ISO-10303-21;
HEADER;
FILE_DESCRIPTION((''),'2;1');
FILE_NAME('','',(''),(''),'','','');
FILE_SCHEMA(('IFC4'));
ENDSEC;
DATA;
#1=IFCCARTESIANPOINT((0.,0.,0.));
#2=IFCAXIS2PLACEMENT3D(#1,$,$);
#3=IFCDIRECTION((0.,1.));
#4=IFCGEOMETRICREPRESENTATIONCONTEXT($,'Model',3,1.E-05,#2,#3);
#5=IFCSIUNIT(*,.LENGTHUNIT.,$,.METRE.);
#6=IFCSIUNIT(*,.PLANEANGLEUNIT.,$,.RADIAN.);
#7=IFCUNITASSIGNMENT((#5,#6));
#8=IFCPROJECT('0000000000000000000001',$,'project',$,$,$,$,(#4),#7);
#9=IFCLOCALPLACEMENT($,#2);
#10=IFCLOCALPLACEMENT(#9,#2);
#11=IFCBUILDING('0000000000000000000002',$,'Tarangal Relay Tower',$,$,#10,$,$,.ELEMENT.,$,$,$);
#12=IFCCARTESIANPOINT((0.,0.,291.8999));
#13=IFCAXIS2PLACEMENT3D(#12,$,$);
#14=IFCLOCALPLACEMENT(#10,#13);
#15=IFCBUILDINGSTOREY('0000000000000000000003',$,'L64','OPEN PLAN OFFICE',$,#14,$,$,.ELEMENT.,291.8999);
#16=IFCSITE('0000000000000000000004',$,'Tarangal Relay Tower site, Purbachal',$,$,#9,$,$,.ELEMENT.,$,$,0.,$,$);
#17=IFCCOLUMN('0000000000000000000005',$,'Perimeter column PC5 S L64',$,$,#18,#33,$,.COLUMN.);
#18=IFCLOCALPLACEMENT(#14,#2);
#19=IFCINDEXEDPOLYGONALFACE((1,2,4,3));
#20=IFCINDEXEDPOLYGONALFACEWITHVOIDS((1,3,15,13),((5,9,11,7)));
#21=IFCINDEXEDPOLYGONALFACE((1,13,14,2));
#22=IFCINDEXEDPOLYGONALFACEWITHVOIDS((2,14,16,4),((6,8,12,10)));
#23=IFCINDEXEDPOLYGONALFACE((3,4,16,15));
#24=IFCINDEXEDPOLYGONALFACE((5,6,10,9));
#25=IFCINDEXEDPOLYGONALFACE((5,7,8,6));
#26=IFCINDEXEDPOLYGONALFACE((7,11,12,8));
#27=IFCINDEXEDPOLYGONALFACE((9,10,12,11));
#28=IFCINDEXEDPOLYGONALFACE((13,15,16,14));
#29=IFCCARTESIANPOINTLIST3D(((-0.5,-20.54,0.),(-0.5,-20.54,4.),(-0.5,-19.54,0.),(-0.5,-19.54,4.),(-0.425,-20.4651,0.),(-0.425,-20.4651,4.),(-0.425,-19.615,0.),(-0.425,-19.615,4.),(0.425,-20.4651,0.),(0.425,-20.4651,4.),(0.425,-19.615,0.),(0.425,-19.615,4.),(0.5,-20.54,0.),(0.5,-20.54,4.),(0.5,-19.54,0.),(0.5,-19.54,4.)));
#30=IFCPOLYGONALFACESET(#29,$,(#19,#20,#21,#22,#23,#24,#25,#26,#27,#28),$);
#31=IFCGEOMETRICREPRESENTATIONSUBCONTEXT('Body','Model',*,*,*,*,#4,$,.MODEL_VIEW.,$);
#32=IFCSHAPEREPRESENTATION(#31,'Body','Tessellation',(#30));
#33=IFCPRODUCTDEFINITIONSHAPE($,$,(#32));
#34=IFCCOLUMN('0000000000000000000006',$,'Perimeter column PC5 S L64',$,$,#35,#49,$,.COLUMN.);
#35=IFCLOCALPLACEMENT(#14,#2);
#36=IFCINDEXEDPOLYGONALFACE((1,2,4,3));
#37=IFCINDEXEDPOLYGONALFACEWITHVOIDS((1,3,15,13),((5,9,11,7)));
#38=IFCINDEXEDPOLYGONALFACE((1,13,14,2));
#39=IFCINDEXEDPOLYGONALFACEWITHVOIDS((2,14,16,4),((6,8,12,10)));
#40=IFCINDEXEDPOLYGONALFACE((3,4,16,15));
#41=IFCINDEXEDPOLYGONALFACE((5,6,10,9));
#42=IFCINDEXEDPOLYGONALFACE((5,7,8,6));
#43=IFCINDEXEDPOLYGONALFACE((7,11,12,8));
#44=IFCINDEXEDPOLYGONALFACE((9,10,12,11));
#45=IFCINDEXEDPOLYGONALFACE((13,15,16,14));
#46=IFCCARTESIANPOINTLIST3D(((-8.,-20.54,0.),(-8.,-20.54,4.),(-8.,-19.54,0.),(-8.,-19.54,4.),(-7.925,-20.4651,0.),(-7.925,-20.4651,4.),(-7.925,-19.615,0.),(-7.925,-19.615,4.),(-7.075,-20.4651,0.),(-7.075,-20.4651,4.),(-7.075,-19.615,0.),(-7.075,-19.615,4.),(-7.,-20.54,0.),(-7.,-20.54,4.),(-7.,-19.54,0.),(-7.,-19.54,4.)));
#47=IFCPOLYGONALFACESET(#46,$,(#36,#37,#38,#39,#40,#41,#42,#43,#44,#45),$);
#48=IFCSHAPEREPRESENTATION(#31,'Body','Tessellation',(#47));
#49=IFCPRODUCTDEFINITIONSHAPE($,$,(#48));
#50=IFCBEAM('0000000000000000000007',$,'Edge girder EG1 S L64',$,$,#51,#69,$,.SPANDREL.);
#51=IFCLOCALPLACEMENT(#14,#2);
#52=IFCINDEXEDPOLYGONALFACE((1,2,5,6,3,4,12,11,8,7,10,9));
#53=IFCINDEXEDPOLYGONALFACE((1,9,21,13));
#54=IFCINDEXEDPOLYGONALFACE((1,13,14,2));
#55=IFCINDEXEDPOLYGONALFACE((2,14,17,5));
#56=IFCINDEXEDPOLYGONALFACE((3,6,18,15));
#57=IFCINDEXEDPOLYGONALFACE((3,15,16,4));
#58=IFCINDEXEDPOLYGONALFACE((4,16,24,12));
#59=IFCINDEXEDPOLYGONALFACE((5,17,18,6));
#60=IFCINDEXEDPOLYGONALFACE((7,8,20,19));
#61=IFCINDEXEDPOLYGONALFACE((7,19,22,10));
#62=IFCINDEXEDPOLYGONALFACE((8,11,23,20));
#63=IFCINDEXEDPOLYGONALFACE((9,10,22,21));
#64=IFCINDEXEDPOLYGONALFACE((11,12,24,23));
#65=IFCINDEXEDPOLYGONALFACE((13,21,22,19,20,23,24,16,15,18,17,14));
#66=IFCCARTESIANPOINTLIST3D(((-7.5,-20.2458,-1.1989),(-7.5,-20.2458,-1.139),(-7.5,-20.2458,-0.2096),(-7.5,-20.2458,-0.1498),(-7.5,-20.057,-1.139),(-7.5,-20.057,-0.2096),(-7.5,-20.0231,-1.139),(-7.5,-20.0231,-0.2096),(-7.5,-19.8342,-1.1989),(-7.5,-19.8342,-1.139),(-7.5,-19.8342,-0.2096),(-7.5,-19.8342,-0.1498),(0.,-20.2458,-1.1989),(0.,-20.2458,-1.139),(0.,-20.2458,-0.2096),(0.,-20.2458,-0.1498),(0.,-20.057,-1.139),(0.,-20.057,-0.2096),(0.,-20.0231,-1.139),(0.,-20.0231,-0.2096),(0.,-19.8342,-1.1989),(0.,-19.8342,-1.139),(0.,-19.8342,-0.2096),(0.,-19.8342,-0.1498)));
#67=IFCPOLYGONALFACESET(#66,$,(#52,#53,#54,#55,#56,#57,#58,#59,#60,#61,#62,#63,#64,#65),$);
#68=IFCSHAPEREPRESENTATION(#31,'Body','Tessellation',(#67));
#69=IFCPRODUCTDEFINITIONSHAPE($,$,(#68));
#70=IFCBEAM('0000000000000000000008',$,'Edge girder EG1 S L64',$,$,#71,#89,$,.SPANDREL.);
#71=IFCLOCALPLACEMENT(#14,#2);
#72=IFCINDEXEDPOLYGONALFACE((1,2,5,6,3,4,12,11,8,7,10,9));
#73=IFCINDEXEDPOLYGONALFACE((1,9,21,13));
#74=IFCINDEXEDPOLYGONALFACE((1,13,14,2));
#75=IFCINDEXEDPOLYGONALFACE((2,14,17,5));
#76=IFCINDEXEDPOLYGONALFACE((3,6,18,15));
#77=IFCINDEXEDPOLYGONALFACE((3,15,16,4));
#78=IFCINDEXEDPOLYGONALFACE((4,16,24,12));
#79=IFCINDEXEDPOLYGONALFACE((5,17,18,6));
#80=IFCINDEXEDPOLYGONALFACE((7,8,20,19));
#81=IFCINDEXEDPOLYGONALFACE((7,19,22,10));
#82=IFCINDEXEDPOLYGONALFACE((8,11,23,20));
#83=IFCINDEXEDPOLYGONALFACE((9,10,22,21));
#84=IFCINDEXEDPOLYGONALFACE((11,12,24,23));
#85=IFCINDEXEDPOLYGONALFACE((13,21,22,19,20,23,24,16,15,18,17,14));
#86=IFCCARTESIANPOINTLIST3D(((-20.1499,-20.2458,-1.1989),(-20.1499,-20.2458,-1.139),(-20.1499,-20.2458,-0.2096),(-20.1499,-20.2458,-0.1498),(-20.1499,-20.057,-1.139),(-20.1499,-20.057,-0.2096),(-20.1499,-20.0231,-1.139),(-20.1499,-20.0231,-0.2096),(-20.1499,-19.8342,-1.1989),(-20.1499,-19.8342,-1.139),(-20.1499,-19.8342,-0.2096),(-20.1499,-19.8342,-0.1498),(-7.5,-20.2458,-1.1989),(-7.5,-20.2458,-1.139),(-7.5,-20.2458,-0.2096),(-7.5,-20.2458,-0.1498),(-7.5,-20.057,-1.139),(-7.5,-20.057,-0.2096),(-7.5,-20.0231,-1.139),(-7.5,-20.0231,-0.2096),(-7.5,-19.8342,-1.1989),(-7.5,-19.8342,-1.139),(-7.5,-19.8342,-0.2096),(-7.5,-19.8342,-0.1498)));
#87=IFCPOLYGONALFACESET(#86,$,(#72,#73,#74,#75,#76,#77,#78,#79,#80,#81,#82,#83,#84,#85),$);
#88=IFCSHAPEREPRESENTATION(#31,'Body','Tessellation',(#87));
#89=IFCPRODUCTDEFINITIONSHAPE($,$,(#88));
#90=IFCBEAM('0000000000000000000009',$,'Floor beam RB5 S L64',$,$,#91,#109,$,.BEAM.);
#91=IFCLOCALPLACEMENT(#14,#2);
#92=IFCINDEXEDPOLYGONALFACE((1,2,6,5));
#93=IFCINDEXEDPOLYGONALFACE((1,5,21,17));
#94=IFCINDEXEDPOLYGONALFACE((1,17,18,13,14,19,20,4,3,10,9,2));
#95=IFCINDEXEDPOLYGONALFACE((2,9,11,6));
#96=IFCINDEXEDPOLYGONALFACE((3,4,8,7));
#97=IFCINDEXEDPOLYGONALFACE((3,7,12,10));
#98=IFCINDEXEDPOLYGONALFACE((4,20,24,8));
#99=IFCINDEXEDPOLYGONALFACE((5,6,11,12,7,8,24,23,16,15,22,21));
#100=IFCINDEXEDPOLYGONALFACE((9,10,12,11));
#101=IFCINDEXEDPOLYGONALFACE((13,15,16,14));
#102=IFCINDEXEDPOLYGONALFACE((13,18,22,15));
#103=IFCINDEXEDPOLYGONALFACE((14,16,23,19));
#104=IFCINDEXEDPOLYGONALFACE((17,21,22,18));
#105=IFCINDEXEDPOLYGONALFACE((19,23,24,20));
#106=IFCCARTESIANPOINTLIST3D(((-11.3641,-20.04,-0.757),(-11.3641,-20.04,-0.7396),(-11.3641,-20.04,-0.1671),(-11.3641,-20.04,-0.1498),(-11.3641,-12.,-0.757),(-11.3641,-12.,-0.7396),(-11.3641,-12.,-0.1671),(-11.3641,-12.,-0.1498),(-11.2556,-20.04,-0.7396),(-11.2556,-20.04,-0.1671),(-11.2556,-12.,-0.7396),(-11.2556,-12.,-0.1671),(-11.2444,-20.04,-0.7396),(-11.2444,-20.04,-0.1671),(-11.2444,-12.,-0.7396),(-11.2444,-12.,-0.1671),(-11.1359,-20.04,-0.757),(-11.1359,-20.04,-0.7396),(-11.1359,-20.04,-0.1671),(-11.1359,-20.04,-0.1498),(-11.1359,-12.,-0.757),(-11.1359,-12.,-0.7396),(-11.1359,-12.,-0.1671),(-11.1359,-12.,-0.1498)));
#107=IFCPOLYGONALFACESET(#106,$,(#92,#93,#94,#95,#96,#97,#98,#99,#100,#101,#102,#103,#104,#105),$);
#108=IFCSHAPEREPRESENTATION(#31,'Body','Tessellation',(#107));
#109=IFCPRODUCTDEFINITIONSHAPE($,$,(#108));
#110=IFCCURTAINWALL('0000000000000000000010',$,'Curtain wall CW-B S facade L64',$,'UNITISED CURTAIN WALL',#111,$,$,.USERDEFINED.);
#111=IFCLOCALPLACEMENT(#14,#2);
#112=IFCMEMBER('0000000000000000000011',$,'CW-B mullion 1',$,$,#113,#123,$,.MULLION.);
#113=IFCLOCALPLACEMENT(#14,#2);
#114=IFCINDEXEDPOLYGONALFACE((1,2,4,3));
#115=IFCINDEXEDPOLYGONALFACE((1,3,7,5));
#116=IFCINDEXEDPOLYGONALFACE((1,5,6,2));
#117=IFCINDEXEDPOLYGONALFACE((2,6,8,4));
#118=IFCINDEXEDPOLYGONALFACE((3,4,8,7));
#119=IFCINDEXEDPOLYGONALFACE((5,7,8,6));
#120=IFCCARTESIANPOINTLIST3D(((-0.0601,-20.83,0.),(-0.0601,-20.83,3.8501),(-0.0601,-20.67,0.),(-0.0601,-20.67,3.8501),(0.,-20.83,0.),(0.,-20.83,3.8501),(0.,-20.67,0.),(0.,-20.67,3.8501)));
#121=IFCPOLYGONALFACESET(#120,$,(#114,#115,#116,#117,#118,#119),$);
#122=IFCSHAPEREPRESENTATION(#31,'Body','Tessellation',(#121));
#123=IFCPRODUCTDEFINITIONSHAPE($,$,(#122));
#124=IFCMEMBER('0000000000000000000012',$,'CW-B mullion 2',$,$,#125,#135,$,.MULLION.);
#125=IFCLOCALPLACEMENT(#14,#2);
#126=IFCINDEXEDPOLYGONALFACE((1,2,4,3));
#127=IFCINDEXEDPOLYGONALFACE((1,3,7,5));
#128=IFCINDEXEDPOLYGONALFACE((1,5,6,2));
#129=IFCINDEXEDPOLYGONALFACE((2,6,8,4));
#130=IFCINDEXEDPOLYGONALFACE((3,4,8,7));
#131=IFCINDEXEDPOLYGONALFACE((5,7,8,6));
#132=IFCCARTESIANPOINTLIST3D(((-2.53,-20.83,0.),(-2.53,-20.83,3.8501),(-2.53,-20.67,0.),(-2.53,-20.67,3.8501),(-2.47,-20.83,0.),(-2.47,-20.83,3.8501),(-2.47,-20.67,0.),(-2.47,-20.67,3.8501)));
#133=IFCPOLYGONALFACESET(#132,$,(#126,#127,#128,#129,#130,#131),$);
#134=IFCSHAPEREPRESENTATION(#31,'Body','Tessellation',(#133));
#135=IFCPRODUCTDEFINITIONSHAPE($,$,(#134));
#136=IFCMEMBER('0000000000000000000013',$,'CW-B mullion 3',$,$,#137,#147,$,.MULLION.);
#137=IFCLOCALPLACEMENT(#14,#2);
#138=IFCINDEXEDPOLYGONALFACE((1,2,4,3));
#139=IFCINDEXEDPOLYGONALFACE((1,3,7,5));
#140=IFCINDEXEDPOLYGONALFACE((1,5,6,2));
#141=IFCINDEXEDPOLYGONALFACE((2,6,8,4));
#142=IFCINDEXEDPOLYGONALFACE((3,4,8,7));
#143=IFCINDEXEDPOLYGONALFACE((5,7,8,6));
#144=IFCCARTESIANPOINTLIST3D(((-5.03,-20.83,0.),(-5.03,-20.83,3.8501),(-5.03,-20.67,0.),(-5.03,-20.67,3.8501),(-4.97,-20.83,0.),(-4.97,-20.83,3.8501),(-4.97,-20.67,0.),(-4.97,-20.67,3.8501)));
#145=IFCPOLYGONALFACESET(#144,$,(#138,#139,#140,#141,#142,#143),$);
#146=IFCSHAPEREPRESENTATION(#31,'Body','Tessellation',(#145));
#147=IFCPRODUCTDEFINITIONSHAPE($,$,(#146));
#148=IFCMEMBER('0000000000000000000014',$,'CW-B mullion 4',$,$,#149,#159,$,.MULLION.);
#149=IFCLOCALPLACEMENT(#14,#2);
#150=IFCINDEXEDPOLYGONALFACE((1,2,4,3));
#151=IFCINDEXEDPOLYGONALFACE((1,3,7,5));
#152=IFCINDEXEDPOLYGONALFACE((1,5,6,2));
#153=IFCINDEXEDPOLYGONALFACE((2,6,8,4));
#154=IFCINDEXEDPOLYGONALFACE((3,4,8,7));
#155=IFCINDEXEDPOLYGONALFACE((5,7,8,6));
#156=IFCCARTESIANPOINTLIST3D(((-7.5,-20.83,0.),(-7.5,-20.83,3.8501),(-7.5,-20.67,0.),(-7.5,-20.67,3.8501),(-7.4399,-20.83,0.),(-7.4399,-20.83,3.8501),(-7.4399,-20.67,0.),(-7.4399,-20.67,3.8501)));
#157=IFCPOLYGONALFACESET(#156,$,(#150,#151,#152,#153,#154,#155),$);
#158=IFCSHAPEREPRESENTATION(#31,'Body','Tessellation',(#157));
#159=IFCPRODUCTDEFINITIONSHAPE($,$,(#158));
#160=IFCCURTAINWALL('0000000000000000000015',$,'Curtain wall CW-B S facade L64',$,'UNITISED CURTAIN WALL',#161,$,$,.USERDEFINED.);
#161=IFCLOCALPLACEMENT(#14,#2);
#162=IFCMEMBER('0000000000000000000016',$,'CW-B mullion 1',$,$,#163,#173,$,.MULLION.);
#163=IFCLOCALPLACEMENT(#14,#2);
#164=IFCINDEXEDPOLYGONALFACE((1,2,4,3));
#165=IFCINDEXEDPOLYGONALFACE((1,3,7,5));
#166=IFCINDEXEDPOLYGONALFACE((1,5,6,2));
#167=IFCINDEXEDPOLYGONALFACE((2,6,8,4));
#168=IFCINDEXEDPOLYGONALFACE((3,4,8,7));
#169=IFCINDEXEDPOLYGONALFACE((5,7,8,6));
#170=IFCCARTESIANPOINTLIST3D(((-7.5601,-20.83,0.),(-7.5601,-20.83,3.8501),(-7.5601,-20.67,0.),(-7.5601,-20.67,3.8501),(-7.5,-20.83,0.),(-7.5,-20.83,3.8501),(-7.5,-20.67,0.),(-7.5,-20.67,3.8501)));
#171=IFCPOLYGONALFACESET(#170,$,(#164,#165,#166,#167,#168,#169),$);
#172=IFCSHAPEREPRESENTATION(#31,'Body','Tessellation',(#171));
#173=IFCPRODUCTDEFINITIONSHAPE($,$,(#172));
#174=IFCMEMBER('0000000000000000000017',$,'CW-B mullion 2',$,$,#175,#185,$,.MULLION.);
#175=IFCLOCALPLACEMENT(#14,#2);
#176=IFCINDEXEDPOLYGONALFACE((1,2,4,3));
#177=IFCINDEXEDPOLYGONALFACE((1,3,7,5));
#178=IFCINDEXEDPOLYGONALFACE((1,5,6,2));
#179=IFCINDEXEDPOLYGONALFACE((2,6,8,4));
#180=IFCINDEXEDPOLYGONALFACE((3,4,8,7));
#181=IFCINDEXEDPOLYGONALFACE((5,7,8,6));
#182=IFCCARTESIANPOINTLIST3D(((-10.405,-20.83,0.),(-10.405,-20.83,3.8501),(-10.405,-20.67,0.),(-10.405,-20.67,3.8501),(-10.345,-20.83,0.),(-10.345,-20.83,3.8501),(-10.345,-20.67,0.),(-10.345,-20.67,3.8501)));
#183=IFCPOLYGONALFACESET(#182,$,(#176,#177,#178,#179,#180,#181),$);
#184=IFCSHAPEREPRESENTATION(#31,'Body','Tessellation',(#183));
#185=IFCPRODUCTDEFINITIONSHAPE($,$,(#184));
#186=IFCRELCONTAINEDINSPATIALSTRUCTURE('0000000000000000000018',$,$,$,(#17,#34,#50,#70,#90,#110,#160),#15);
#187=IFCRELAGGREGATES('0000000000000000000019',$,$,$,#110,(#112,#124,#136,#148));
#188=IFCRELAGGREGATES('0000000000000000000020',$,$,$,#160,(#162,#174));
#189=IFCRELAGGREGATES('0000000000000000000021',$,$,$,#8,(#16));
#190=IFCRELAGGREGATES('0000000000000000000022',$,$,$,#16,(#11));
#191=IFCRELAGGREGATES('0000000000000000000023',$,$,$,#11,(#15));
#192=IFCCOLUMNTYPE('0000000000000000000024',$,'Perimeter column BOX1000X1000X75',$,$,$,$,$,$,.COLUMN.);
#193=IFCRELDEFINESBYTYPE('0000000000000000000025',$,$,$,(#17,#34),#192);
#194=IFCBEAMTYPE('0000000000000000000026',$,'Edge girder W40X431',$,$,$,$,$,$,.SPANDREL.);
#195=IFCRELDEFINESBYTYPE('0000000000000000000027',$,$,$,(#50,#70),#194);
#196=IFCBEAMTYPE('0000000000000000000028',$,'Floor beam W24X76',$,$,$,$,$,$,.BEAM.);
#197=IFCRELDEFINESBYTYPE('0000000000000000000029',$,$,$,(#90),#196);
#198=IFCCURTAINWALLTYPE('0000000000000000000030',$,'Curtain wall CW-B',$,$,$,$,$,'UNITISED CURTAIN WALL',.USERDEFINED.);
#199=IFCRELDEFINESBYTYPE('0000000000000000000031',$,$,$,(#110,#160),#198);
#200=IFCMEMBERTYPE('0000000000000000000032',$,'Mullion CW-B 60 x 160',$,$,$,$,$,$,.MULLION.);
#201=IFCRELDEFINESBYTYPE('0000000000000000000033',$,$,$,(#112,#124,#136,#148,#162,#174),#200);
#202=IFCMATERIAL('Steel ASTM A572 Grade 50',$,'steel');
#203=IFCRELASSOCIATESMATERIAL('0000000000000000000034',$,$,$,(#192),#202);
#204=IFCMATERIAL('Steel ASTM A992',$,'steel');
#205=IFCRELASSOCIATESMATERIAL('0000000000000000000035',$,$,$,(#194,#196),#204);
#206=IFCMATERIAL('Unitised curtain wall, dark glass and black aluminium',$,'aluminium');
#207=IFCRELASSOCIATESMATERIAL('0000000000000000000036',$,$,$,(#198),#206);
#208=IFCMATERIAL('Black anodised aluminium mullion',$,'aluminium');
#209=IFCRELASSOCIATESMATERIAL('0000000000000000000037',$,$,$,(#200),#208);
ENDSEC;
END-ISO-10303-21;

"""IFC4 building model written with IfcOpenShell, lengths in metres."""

from ifc_helpers import new_model, si_unit, direction, frame, origin, origin_2d, place, context, subcontext, project, spatial, rectangle, hollow_rectangle, i_section, extrude, material, material_profile, profile_set, type_object, element, aggregate, save


model = new_model("IFC4")

# Units and contexts
model_context = context("Model", 3, precision=1e-05, world=origin(), true_north=direction((0.0, 1.0)))
body_context = subcontext(model_context, "Body", "Model", "MODEL_VIEW")
ifc_project = project(units=[si_unit("LENGTHUNIT", "METRE"), si_unit("PLANEANGLEUNIT", "RADIAN")], contexts=[model_context])

# Site, building, storey
site_placement = place(None, origin())
site = spatial("IfcSite", under=ifc_project, at=site_placement, Name="Tarangal Relay Tower site, Purbachal", CompositionType="ELEMENT", RefElevation=0.0)
building_placement = place(site_placement, origin())
building = spatial("IfcBuilding", under=site, at=building_placement, Name="Tarangal Relay Tower", CompositionType="ELEMENT")
storey_placement = place(building_placement, frame((0.0, 0.0, 291.8999)))
storey = spatial("IfcBuildingStorey", under=building, at=storey_placement, Name="L64", Description="OPEN PLAN OFFICE", CompositionType="ELEMENT", Elevation=291.8999)

# Columns
ifc_material_1 = material(Name="Steel ASTM A572 Grade 50", Category="steel")
ifc_material_profile_1 = material_profile(ifc_material_1, hollow_rectangle(XDim=1.0, YDim=1.0, WallThickness=0.075, at=origin_2d()), Name="BOX1000X1000X75")
ifc_profile_set_1 = profile_set([ifc_material_profile_1], Name="Steel ASTM A572 Grade 50")
column_type = type_object("IfcColumnType", Name="Perimeter column BOX1000X1000X75", PredefinedType="COLUMN", material=ifc_profile_set_1)
for number, where, z_axis, x_axis, name in (
    (1, (0.0, -20.04, 0.0), (0.0, 0.0, 1.0), (1.0, 0.0, 0.0), "Perimeter column PC5 S L64"),
    (2, (-7.5, -20.04, 0.0), (0.0, 0.0, 1.0), (1.0, 0.0, 0.0), "Perimeter column PC5 S L64"),
):
    element("IfcColumn", number, at=place(storey_placement, frame(where, z_axis=z_axis, x_axis=x_axis)), inside=storey, type_object=column_type, Name=name, PredefinedType="COLUMN", context=body_context, shape_type="SweptSolid", body=[
        extrude(hollow_rectangle(XDim=1.0, YDim=1.0, WallThickness=0.075, at=origin_2d()), origin(), (0.0, 0.0, 1.0), 4.0),
    ])

# Beams
ifc_material_2 = material(Name="Steel ASTM A992", Category="steel")
ifc_material_profile_2 = material_profile(ifc_material_2, i_section(OverallWidth=0.4116, OverallDepth=1.0491, WebThickness=0.0339, FlangeThickness=0.0598, at=origin_2d()), Name="W40X431")
ifc_profile_set_2 = profile_set([ifc_material_profile_2], Name="Steel ASTM A992")
beam_type_1 = type_object("IfcBeamType", Name="Edge girder W40X431", PredefinedType="SPANDREL", material=ifc_profile_set_2)
beam_1_placement = place(storey_placement, frame((0.0, -20.04, -0.6743), z_axis=(-1.0, 0.0, 0.0), x_axis=(0.0, -1.0, 0.0)))
element("IfcBeam", 3, at=beam_1_placement, inside=storey, type_object=beam_type_1, Name="Edge girder EG1 S L64", PredefinedType="SPANDREL", context=body_context, shape_type="SweptSolid", body=[
    extrude(i_section(OverallWidth=0.4116, OverallDepth=1.0491, WebThickness=0.0339, FlangeThickness=0.0598, at=origin_2d()), origin(), (0.0, 0.0, 1.0), 7.5),
])
beam_2_placement = place(storey_placement, frame((-7.5, -20.04, -0.6743), z_axis=(-1.0, 0.0, 0.0), x_axis=(0.0, -1.0, 0.0)))
element("IfcBeam", 4, at=beam_2_placement, inside=storey, type_object=beam_type_1, Name="Edge girder EG1 S L64", PredefinedType="SPANDREL", context=body_context, shape_type="SweptSolid", body=[
    extrude(i_section(OverallWidth=0.4116, OverallDepth=1.0491, WebThickness=0.0339, FlangeThickness=0.0598, at=origin_2d()), origin(), (0.0, 0.0, 1.0), 12.6499),
])
ifc_material_profile_3 = material_profile(ifc_material_2, i_section(OverallWidth=0.2283, OverallDepth=0.6072, WebThickness=0.0112, FlangeThickness=0.0173, at=origin_2d()), Name="W24X76")
ifc_profile_set_3 = profile_set([ifc_material_profile_3], Name="Steel ASTM A992")
beam_type_2 = type_object("IfcBeamType", Name="Floor beam W24X76", PredefinedType="BEAM", material=ifc_profile_set_3)
beam_3_placement = place(storey_placement, frame((-11.25, -12.0, -0.4534), z_axis=(0.0, -1.0, 0.0), x_axis=(1.0, 0.0, 0.0)))
element("IfcBeam", 5, at=beam_3_placement, inside=storey, type_object=beam_type_2, Name="Floor beam RB5 S L64", PredefinedType="BEAM", context=body_context, shape_type="SweptSolid", body=[
    extrude(i_section(OverallWidth=0.2283, OverallDepth=0.6072, WebThickness=0.0112, FlangeThickness=0.0173, at=origin_2d()), origin(), (0.0, 0.0, 1.0), 8.04),
])

# Curtain walls, members
ifc_material_3 = material(Name="Unitised curtain wall, dark glass and black aluminium", Category="aluminium")
curtain_wall_type = type_object("IfcCurtainWallType", Name="Curtain wall CW-B", ElementType="UNITISED CURTAIN WALL", PredefinedType="USERDEFINED", material=ifc_material_3)
curtain_wall_1_placement = place(storey_placement, origin())
curtain_wall_1 = element("IfcCurtainWall", 6, at=curtain_wall_1_placement, inside=storey, type_object=curtain_wall_type, Name="Curtain wall CW-B S facade L64", ObjectType="UNITISED CURTAIN WALL", PredefinedType="USERDEFINED")
ifc_material_4 = material(Name="Black anodised aluminium mullion", Category="aluminium")
ifc_material_profile_4 = material_profile(ifc_material_4, rectangle(XDim=0.1599, YDim=0.0601, at=origin_2d()), Name="CW-BM 60X160")
ifc_profile_set_4 = profile_set([ifc_material_profile_4], Name="Black anodised aluminium mullion")
member_type_1 = type_object("IfcMemberType", Name="Mullion CW-B 60 x 160", PredefinedType="MULLION", material=ifc_profile_set_4)
member_1_placement = place(storey_placement, frame((-0.03, -20.75, 0.0), z_axis=(0.0, 0.0, 1.0), x_axis=(0.0, -1.0, 0.0)))
member_1 = element("IfcMember", 7, at=member_1_placement, type_object=member_type_1, Name="CW-B mullion 1", PredefinedType="MULLION", context=body_context, shape_type="SweptSolid", body=[
    extrude(rectangle(XDim=0.1599, YDim=0.0601, at=origin_2d()), origin(), (0.0, 0.0, 1.0), 3.8501),
])
member_2_placement = place(storey_placement, frame((-2.5, -20.75, 0.0), z_axis=(0.0, 0.0, 1.0), x_axis=(0.0, -1.0, 0.0)))
member_2 = element("IfcMember", 8, at=member_2_placement, type_object=member_type_1, Name="CW-B mullion 2", PredefinedType="MULLION", context=body_context, shape_type="SweptSolid", body=[
    extrude(rectangle(XDim=0.1599, YDim=0.0601, at=origin_2d()), origin(), (0.0, 0.0, 1.0), 3.8501),
])
member_3_placement = place(storey_placement, frame((-5.0, -20.75, 0.0), z_axis=(0.0, 0.0, 1.0), x_axis=(0.0, -1.0, 0.0)))
member_3 = element("IfcMember", 9, at=member_3_placement, type_object=member_type_1, Name="CW-B mullion 3", PredefinedType="MULLION", context=body_context, shape_type="SweptSolid", body=[
    extrude(rectangle(XDim=0.1599, YDim=0.0601, at=origin_2d()), origin(), (0.0, 0.0, 1.0), 3.8501),
])
member_4_placement = place(storey_placement, frame((-7.47, -20.75, 0.0), z_axis=(0.0, 0.0, 1.0), x_axis=(0.0, -1.0, 0.0)))
member_4 = element("IfcMember", 10, at=member_4_placement, type_object=member_type_1, Name="CW-B mullion 4", PredefinedType="MULLION", context=body_context, shape_type="SweptSolid", body=[
    extrude(rectangle(XDim=0.1599, YDim=0.0601, at=origin_2d()), origin(), (0.0, 0.0, 1.0), 3.8501),
])
curtain_wall_2_placement = place(storey_placement, origin())
curtain_wall_2 = element("IfcCurtainWall", 11, at=curtain_wall_2_placement, inside=storey, type_object=curtain_wall_type, Name="Curtain wall CW-B S facade L64", ObjectType="UNITISED CURTAIN WALL", PredefinedType="USERDEFINED")
member_5_placement = place(storey_placement, frame((-7.53, -20.75, 0.0), z_axis=(0.0, 0.0, 1.0), x_axis=(0.0, -1.0, 0.0)))
member_5 = element("IfcMember", 12, at=member_5_placement, type_object=member_type_1, Name="CW-B mullion 1", PredefinedType="MULLION", context=body_context, shape_type="SweptSolid", body=[
    extrude(rectangle(XDim=0.1599, YDim=0.0601, at=origin_2d()), origin(), (0.0, 0.0, 1.0), 3.8501),
])
member_6_placement = place(storey_placement, frame((-10.375, -20.75, 0.0), z_axis=(0.0, 0.0, 1.0), x_axis=(0.0, -1.0, 0.0)))
member_6 = element("IfcMember", 13, at=member_6_placement, type_object=member_type_1, Name="CW-B mullion 2", PredefinedType="MULLION", context=body_context, shape_type="SweptSolid", body=[
    extrude(rectangle(XDim=0.1599, YDim=0.0601, at=origin_2d()), origin(), (0.0, 0.0, 1.0), 3.8501),
])

aggregate(curtain_wall_1, [member_1, member_2, member_3, member_4])
aggregate(curtain_wall_2, [member_5, member_6])

save(model, "model.ifc")
